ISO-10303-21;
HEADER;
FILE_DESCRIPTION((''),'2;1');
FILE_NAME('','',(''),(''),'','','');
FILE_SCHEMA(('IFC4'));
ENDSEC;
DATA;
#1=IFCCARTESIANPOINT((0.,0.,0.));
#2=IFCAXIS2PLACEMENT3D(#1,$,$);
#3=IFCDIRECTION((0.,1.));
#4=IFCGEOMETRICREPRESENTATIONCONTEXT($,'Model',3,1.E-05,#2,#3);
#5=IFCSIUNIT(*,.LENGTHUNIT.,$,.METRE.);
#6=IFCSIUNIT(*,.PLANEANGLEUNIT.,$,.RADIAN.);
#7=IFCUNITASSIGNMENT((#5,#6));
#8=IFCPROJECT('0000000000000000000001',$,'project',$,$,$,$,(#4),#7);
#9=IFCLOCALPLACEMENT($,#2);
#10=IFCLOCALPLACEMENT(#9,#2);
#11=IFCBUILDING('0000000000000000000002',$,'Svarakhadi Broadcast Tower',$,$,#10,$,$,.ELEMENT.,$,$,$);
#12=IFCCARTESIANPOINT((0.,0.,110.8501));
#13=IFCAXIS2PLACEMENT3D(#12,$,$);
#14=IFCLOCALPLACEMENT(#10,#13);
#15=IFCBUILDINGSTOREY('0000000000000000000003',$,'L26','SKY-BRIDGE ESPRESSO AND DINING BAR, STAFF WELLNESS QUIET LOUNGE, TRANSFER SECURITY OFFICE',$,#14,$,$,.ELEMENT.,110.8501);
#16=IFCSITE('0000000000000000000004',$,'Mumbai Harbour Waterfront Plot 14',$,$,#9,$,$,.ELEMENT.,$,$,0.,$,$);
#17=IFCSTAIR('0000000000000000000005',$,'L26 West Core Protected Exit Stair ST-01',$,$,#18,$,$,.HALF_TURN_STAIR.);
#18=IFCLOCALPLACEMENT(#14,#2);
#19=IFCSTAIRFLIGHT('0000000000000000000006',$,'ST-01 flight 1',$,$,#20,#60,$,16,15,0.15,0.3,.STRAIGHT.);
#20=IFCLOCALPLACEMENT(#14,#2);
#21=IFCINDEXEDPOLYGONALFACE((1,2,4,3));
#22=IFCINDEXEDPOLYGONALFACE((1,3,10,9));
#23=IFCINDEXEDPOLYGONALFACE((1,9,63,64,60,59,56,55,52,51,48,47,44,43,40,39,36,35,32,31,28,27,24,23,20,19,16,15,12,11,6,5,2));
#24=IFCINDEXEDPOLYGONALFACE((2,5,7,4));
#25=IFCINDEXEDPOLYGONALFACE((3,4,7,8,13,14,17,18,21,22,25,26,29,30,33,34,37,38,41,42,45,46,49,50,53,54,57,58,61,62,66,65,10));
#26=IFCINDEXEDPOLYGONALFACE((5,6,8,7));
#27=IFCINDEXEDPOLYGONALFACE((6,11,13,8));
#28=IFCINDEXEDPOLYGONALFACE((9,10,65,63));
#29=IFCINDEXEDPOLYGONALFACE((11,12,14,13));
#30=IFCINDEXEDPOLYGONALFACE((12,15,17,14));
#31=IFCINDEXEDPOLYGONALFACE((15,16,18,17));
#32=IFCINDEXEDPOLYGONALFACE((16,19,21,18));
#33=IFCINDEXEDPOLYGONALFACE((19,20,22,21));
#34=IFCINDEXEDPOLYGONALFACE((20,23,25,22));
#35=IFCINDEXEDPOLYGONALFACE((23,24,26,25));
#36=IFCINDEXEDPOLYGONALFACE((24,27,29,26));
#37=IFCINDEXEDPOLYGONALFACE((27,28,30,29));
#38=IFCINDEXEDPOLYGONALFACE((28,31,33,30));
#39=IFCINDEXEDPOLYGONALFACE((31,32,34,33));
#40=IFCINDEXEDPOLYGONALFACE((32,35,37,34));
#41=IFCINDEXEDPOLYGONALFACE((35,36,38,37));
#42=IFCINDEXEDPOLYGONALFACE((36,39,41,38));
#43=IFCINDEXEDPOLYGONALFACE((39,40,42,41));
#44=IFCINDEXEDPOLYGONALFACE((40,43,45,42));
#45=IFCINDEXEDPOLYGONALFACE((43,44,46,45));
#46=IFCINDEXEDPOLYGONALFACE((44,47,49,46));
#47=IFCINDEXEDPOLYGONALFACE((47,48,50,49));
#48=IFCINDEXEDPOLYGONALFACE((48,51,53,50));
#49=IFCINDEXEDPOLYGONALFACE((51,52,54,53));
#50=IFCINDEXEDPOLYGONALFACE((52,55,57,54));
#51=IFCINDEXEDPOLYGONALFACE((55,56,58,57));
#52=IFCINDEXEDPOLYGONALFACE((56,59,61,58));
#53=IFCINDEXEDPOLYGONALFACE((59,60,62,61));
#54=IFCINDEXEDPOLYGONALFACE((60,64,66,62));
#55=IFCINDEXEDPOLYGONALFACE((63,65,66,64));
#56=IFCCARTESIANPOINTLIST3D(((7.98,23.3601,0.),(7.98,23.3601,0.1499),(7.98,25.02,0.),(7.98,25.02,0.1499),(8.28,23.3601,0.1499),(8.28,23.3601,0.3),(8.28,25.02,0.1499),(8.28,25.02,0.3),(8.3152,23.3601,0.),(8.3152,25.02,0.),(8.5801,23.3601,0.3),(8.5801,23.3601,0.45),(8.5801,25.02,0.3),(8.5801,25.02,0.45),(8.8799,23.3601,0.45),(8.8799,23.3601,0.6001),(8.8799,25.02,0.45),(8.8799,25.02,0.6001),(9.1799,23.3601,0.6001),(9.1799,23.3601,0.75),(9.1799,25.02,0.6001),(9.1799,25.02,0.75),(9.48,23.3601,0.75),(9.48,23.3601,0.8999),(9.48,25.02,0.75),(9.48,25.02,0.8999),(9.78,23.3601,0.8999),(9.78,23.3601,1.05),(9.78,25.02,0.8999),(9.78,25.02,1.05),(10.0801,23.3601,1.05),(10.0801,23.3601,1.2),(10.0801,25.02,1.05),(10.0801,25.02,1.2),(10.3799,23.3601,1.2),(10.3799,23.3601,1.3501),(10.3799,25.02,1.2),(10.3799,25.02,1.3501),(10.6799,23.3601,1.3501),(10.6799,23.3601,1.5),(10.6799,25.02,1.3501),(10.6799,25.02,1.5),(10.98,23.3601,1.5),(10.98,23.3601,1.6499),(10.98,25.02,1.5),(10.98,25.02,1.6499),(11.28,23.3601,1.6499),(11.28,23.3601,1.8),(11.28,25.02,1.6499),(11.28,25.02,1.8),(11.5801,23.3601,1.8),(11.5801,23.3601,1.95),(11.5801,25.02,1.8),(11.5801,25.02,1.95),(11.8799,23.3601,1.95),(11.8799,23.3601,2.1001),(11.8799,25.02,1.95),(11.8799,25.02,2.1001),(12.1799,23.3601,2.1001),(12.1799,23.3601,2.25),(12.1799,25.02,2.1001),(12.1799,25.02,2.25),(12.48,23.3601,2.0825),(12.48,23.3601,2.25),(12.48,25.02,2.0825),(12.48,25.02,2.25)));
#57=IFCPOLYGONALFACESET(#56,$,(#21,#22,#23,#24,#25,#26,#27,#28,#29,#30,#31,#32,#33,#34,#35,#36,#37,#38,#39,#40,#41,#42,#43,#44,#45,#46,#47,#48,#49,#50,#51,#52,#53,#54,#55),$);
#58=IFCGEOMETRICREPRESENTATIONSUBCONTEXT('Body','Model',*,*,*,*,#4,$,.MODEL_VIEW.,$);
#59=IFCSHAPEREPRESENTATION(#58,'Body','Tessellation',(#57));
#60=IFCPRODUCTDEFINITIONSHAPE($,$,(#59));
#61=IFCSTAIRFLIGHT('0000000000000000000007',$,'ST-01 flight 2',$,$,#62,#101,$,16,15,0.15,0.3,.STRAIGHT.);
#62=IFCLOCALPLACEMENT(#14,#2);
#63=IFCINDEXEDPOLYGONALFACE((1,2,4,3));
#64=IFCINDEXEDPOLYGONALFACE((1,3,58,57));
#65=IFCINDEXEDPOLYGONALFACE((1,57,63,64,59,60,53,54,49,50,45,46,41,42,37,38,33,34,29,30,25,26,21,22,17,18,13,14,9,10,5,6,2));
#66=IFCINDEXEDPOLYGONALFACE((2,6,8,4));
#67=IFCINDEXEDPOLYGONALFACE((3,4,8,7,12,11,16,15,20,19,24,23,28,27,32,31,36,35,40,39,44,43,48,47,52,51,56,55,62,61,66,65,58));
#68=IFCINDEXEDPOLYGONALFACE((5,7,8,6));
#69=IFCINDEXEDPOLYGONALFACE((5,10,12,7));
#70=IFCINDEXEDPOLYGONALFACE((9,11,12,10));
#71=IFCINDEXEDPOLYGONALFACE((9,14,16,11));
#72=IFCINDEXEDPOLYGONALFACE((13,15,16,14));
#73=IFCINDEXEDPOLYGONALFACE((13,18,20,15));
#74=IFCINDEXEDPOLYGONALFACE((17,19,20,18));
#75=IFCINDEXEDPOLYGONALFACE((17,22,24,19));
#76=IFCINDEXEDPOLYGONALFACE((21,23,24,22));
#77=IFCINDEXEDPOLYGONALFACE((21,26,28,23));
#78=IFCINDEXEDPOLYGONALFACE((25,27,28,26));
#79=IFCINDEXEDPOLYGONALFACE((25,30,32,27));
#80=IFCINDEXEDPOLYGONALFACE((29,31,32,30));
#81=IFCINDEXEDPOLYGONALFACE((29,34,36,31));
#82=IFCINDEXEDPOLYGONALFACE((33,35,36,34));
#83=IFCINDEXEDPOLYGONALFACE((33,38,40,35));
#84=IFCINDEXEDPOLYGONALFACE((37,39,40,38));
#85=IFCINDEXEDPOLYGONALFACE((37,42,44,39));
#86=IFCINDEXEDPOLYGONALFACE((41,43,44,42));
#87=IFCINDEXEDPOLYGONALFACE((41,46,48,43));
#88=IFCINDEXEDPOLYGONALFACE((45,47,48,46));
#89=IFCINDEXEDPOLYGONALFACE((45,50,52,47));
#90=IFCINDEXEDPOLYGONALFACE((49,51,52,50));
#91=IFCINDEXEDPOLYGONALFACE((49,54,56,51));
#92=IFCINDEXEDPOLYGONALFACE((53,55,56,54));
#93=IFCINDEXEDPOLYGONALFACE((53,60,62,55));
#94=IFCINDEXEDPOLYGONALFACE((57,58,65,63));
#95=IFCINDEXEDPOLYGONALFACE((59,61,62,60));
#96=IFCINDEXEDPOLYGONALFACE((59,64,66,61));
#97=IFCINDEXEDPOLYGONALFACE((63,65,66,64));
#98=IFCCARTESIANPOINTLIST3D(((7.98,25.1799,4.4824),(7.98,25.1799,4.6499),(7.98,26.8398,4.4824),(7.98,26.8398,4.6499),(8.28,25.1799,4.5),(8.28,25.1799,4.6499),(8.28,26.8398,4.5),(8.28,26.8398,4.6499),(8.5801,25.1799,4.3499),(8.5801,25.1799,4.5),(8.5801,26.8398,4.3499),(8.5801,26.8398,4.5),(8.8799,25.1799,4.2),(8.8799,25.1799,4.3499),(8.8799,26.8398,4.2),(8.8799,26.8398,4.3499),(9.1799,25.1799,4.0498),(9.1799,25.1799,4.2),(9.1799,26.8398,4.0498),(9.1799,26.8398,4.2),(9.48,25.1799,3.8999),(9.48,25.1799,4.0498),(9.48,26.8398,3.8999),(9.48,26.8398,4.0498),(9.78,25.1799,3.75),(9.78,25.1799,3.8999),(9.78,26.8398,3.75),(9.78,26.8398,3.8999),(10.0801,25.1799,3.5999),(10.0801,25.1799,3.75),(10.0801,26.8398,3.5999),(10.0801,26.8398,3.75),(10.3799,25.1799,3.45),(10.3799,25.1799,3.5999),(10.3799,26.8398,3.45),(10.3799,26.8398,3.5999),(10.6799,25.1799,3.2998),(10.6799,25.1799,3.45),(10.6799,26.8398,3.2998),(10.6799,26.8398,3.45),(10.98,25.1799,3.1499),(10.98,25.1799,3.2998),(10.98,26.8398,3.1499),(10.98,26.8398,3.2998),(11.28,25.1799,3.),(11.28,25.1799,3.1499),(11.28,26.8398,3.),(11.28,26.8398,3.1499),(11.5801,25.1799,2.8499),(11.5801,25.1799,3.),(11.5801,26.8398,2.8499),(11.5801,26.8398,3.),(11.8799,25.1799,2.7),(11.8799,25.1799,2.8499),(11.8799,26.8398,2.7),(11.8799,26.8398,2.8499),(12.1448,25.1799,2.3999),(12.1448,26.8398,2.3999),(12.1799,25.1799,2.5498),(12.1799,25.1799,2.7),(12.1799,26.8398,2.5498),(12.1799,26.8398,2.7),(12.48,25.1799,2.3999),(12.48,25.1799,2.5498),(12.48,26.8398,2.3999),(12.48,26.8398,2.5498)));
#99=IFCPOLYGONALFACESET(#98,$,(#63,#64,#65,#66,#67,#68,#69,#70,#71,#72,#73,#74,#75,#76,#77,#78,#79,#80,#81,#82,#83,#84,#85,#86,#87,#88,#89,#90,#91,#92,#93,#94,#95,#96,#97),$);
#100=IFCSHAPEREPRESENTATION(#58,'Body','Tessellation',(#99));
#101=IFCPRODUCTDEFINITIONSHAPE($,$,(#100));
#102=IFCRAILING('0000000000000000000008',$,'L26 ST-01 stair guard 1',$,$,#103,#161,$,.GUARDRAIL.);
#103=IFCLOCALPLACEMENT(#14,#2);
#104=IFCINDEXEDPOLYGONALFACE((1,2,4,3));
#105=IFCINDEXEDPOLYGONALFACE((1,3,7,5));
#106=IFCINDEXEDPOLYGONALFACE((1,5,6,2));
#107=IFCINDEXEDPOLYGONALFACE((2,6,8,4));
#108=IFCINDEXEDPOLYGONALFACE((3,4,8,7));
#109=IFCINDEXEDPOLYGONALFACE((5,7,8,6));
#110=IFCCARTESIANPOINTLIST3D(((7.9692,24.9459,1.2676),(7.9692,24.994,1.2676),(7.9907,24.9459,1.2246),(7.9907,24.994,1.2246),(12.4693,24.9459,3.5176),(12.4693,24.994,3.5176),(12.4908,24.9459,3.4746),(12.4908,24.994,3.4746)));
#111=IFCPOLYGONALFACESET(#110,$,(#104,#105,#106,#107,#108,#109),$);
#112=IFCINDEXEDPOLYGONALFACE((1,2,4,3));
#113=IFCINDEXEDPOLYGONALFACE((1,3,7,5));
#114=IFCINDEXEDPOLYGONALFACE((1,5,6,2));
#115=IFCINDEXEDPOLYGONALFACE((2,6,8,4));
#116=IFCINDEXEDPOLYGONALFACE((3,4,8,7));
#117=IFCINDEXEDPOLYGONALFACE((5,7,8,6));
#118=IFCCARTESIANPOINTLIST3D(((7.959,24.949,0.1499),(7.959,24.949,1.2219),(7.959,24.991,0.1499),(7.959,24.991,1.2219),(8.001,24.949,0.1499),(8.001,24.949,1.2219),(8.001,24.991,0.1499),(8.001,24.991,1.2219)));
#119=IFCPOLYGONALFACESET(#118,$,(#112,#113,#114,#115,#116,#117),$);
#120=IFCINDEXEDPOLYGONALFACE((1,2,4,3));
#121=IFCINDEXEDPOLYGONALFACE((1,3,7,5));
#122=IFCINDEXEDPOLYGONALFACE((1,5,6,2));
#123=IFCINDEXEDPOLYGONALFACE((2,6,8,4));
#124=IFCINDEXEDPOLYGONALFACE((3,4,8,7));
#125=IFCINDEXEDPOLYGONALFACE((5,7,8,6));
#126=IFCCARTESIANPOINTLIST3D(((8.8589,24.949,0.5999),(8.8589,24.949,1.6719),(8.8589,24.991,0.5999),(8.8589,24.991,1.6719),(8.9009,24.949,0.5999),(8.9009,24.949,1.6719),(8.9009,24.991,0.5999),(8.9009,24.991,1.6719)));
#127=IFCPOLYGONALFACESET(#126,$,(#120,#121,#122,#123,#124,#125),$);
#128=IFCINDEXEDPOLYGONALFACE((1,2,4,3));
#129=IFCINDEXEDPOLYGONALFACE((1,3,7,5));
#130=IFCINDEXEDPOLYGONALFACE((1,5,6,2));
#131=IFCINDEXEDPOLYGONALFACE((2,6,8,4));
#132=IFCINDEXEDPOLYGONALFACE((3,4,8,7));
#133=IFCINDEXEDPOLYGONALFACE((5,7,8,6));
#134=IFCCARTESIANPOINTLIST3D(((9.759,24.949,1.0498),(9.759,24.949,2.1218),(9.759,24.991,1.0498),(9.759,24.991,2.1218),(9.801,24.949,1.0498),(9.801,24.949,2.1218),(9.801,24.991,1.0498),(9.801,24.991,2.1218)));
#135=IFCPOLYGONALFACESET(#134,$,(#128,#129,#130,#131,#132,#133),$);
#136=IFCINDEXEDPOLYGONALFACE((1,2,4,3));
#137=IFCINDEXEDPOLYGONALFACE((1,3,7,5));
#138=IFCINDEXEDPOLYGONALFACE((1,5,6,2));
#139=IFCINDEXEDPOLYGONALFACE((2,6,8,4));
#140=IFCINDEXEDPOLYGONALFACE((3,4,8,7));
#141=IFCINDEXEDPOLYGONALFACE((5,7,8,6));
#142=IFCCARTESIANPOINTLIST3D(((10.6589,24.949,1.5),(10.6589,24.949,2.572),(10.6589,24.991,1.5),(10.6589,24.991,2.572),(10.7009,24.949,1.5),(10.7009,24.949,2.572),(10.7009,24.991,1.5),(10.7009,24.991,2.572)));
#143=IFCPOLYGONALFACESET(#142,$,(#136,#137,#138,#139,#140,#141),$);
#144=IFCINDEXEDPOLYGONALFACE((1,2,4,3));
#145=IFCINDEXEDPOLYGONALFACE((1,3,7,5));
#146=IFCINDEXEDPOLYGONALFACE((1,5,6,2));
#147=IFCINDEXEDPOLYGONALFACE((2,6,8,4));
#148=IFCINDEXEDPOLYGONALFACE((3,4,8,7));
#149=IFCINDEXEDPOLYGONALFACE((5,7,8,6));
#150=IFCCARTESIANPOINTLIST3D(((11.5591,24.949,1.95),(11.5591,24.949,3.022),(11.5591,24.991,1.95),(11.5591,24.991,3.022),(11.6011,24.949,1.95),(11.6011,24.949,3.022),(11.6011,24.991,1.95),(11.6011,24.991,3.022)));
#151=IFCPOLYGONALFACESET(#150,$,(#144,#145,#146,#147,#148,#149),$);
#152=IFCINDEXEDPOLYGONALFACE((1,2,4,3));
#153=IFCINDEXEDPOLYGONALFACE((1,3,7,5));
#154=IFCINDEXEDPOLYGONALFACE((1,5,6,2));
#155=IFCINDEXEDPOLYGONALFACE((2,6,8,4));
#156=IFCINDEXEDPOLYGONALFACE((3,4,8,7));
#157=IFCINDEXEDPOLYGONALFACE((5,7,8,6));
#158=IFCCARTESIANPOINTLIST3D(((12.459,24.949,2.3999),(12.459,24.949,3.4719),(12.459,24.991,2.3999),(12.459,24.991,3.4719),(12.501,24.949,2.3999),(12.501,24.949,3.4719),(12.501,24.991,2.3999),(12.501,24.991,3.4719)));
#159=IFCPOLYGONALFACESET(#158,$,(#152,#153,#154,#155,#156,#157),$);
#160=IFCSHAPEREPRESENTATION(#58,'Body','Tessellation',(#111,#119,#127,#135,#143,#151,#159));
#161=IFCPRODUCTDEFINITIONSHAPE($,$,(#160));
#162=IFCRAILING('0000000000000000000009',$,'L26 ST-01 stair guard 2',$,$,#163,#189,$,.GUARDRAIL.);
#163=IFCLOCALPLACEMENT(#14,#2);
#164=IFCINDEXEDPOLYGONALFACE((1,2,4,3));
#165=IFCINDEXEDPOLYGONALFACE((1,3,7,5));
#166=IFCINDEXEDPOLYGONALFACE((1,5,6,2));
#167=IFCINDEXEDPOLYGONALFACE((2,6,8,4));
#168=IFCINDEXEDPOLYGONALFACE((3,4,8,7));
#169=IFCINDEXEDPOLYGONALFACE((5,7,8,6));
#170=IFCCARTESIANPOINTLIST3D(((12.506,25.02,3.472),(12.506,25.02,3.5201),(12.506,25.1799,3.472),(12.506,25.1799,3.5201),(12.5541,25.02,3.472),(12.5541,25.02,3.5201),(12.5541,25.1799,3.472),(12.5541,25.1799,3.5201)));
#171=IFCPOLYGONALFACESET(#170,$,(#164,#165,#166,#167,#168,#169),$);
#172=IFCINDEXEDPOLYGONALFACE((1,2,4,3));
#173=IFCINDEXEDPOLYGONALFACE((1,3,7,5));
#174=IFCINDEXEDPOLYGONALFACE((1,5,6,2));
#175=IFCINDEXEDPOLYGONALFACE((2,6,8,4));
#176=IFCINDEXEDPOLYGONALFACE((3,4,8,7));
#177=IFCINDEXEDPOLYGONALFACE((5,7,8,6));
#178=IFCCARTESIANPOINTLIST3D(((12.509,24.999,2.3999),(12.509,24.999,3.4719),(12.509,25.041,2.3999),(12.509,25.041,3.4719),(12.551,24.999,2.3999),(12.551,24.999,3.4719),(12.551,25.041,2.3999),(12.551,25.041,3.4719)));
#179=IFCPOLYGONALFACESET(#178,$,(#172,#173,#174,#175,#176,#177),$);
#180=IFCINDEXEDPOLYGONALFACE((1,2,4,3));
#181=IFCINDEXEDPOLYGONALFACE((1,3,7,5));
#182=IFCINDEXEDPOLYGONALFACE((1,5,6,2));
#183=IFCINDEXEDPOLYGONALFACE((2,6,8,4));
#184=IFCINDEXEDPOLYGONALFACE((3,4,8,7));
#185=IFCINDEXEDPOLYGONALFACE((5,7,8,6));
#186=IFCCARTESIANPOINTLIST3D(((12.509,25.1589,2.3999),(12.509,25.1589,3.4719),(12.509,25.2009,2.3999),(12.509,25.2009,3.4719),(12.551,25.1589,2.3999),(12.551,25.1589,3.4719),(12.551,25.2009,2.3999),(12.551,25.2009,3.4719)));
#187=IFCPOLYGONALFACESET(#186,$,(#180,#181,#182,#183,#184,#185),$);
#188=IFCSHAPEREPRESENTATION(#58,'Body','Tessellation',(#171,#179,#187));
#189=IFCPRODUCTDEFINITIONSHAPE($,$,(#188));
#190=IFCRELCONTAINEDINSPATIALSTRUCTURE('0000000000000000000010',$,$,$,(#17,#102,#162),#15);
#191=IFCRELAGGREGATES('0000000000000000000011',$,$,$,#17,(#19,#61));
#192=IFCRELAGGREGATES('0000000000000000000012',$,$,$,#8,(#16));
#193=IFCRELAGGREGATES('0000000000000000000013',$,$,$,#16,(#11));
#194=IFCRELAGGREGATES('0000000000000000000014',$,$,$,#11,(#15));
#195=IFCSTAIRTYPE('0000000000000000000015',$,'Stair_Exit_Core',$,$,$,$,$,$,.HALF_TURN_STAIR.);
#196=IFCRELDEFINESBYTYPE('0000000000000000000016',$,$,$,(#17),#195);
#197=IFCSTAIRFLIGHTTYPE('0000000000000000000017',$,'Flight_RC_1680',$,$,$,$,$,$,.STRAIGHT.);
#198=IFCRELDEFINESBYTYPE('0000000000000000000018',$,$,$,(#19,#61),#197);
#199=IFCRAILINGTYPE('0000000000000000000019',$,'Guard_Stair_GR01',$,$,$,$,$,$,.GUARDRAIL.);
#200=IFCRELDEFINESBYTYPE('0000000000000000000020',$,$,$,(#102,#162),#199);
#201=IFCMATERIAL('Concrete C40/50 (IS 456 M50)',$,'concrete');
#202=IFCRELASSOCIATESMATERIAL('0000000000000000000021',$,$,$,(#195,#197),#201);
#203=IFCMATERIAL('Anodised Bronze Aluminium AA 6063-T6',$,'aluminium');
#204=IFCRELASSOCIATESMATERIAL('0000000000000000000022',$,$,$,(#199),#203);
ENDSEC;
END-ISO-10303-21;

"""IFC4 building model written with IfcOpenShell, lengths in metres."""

from ifc_helpers import new_model, si_unit, direction, frame, origin, origin_2d, place, context, subcontext, project, spatial, polyline, rectangle, outline, extrude, material, type_object, element, aggregate, save


model = new_model("IFC4")

# Units and contexts
model_context = context("Model", 3, precision=1e-05, world=origin(), true_north=direction((0.0, 1.0)))
body_context = subcontext(model_context, "Body", "Model", "MODEL_VIEW")
ifc_project = project(units=[si_unit("LENGTHUNIT", "METRE"), si_unit("PLANEANGLEUNIT", "RADIAN")], contexts=[model_context])

# Site, building, storey
site_placement = place(None, origin())
site = spatial("IfcSite", under=ifc_project, at=site_placement, Name="Mumbai Harbour Waterfront Plot 14", CompositionType="ELEMENT", RefElevation=0.0)
building_placement = place(site_placement, origin())
building = spatial("IfcBuilding", under=site, at=building_placement, Name="Svarakhadi Broadcast Tower", CompositionType="ELEMENT")
storey_placement = place(building_placement, frame((0.0, 0.0, 110.8501)))
storey = spatial("IfcBuildingStorey", under=building, at=storey_placement, Name="L26", Description="SKY-BRIDGE ESPRESSO AND DINING BAR, STAFF WELLNESS QUIET LOUNGE, TRANSFER SECURITY OFFICE", CompositionType="ELEMENT", Elevation=110.8501)

# Shared definitions
ifc_material_1 = material(Name="Concrete C40/50 (IS 456 M50)", Category="concrete")

# Stair, stair flights
stair_type = type_object("IfcStairType", Name="Stair_Exit_Core", PredefinedType="HALF_TURN_STAIR", material=ifc_material_1)
stair_placement = place(storey_placement, origin())
stair = element("IfcStair", 1, at=stair_placement, inside=storey, type_object=stair_type, Name="L26 West Core Protected Exit Stair ST-01", PredefinedType="HALF_TURN_STAIR")
stair_flight_type = type_object("IfcStairFlightType", Name="Flight_RC_1680", PredefinedType="STRAIGHT", material=ifc_material_1)
stair_flight_1_placement = place(storey_placement, frame((7.98, 24.1899, 0.0), z_axis=(0.0, 0.0, 1.0), x_axis=(1.0, 0.0, 0.0)))
stair_flight_1 = element("IfcStairFlight", 2, at=stair_flight_1_placement, type_object=stair_flight_type, Name="ST-01 flight 1", NumberOfRisers=16, NumberOfTreads=15, PredefinedType="STRAIGHT", RiserHeight=0.15, TreadLength=0.3, context=body_context, shape_type="SweptSolid", body=[
    extrude(outline(polyline([(0.0, 0.0), (0.0, 0.1499), (0.3, 0.1499), (0.3, 0.3), (0.6001, 0.3), (0.6001, 0.45), (0.8999, 0.45), (0.8999, 0.6001), (1.2, 0.6001), (1.2, 0.75), (1.5, 0.75), (1.5, 0.8999), (1.8, 0.8999), (1.8, 1.05), (2.1001, 1.05), (2.1001, 1.2), (2.3999, 1.2), (2.3999, 1.3501), (2.7, 1.3501), (2.7, 1.5), (3.0, 1.5), (3.0, 1.6499), (3.3, 1.6499), (3.3, 1.8), (3.6001, 1.8), (3.6001, 1.95), (3.8999, 1.95), (3.8999, 2.1001), (4.2, 2.1001), (4.2, 2.25), (4.5, 2.25), (4.5, 2.3999), (4.5, 2.0825), (0.3352, 0.0), (0.0, 0.0)])), frame((0.0, 0.8301, 0.0), z_axis=(0.0, -1.0, 0.0), x_axis=(1.0, 0.0, 0.0)), (0.0, 0.0, 1.0), 1.6599),
])
stair_flight_2_placement = place(storey_placement, frame((12.48, 26.01, 2.3999), z_axis=(0.0, 0.0, 1.0), x_axis=(-1.0, 0.0, 0.0)))
stair_flight_2 = element("IfcStairFlight", 3, at=stair_flight_2_placement, type_object=stair_flight_type, Name="ST-01 flight 2", NumberOfRisers=16, NumberOfTreads=15, PredefinedType="STRAIGHT", RiserHeight=0.15, TreadLength=0.3, context=body_context, shape_type="SweptSolid", body=[
    extrude(outline(polyline([(0.0, 0.0), (0.0, 0.1499), (0.3, 0.1499), (0.3, 0.3), (0.6001, 0.3), (0.6001, 0.45), (0.8999, 0.45), (0.8999, 0.6001), (1.2, 0.6001), (1.2, 0.75), (1.5, 0.75), (1.5, 0.8999), (1.8, 0.8999), (1.8, 1.05), (2.1001, 1.05), (2.1001, 1.2), (2.3999, 1.2), (2.3999, 1.3501), (2.7, 1.3501), (2.7, 1.5), (3.0, 1.5), (3.0, 1.6499), (3.3, 1.6499), (3.3, 1.8), (3.6001, 1.8), (3.6001, 1.95), (3.8999, 1.95), (3.8999, 2.1001), (4.2, 2.1001), (4.2, 2.25), (4.5, 2.25), (4.5, 2.3999), (4.5, 2.0825), (0.3352, 0.0), (0.0, 0.0)])), frame((0.0, 0.8301, 0.0), z_axis=(0.0, -1.0, 0.0), x_axis=(1.0, 0.0, 0.0)), (0.0, 0.0, 1.0), 1.6599),
])
aggregate(stair, [stair_flight_1, stair_flight_2])

# Railings
ifc_material_2 = material(Name="Anodised Bronze Aluminium AA 6063-T6", Category="aluminium")
railing_type_1 = type_object("IfcRailingType", Name="Guard_Stair_GR01", PredefinedType="GUARDRAIL", material=ifc_material_2)
railing_1_placement = place(storey_placement, frame((7.98, 24.97, 0.1499)))
element("IfcRailing", 4, at=railing_1_placement, inside=storey, type_object=railing_type_1, Name="L26 ST-01 stair guard 1", PredefinedType="GUARDRAIL", context=body_context, shape_type="SweptSolid", body=[
    extrude(rectangle(XDim=0.0481, YDim=0.0481, at=origin_2d()), frame((0.0, 0.0, 1.0962), z_axis=(0.894427, 0.0, 0.447214), x_axis=(0.0, 1.0, 0.0)), (0.0, 0.0, 1.0), 5.0312),
    extrude(rectangle(XDim=0.042, YDim=0.042, at=origin_2d()), origin(), (0.0, 0.0, 1.0), 1.072),
    extrude(rectangle(XDim=0.042, YDim=0.042, at=origin_2d()), frame((0.8999, 0.0, 0.45)), (0.0, 0.0, 1.0), 1.072),
    extrude(rectangle(XDim=0.042, YDim=0.042, at=origin_2d()), frame((1.8, 0.0, 0.8999)), (0.0, 0.0, 1.0), 1.072),
    extrude(rectangle(XDim=0.042, YDim=0.042, at=origin_2d()), frame((2.7, 0.0, 1.3501)), (0.0, 0.0, 1.0), 1.072),
    extrude(rectangle(XDim=0.042, YDim=0.042, at=origin_2d()), frame((3.6001, 0.0, 1.8)), (0.0, 0.0, 1.0), 1.072),
    extrude(rectangle(XDim=0.042, YDim=0.042, at=origin_2d()), frame((4.5, 0.0, 2.25)), (0.0, 0.0, 1.0), 1.072),
])
railing_2_placement = place(storey_placement, frame((12.53, 25.02, 2.3999)))
element("IfcRailing", 5, at=railing_2_placement, inside=storey, type_object=railing_type_1, Name="L26 ST-01 stair guard 2", PredefinedType="GUARDRAIL", context=body_context, shape_type="SweptSolid", body=[
    extrude(rectangle(XDim=0.0481, YDim=0.0481, at=origin_2d()), frame((0.0, 0.0, 1.0962), z_axis=(0.0, 1.0, 0.0), x_axis=(-1.0, 0.0, 0.0)), (0.0, 0.0, 1.0), 0.1599),
    extrude(rectangle(XDim=0.042, YDim=0.042, at=origin_2d()), origin(), (0.0, 0.0, 1.0), 1.072),
    extrude(rectangle(XDim=0.042, YDim=0.042, at=origin_2d()), frame((0.0, 0.1599, 0.0)), (0.0, 0.0, 1.0), 1.072),
])

save(model, "model.ifc")
